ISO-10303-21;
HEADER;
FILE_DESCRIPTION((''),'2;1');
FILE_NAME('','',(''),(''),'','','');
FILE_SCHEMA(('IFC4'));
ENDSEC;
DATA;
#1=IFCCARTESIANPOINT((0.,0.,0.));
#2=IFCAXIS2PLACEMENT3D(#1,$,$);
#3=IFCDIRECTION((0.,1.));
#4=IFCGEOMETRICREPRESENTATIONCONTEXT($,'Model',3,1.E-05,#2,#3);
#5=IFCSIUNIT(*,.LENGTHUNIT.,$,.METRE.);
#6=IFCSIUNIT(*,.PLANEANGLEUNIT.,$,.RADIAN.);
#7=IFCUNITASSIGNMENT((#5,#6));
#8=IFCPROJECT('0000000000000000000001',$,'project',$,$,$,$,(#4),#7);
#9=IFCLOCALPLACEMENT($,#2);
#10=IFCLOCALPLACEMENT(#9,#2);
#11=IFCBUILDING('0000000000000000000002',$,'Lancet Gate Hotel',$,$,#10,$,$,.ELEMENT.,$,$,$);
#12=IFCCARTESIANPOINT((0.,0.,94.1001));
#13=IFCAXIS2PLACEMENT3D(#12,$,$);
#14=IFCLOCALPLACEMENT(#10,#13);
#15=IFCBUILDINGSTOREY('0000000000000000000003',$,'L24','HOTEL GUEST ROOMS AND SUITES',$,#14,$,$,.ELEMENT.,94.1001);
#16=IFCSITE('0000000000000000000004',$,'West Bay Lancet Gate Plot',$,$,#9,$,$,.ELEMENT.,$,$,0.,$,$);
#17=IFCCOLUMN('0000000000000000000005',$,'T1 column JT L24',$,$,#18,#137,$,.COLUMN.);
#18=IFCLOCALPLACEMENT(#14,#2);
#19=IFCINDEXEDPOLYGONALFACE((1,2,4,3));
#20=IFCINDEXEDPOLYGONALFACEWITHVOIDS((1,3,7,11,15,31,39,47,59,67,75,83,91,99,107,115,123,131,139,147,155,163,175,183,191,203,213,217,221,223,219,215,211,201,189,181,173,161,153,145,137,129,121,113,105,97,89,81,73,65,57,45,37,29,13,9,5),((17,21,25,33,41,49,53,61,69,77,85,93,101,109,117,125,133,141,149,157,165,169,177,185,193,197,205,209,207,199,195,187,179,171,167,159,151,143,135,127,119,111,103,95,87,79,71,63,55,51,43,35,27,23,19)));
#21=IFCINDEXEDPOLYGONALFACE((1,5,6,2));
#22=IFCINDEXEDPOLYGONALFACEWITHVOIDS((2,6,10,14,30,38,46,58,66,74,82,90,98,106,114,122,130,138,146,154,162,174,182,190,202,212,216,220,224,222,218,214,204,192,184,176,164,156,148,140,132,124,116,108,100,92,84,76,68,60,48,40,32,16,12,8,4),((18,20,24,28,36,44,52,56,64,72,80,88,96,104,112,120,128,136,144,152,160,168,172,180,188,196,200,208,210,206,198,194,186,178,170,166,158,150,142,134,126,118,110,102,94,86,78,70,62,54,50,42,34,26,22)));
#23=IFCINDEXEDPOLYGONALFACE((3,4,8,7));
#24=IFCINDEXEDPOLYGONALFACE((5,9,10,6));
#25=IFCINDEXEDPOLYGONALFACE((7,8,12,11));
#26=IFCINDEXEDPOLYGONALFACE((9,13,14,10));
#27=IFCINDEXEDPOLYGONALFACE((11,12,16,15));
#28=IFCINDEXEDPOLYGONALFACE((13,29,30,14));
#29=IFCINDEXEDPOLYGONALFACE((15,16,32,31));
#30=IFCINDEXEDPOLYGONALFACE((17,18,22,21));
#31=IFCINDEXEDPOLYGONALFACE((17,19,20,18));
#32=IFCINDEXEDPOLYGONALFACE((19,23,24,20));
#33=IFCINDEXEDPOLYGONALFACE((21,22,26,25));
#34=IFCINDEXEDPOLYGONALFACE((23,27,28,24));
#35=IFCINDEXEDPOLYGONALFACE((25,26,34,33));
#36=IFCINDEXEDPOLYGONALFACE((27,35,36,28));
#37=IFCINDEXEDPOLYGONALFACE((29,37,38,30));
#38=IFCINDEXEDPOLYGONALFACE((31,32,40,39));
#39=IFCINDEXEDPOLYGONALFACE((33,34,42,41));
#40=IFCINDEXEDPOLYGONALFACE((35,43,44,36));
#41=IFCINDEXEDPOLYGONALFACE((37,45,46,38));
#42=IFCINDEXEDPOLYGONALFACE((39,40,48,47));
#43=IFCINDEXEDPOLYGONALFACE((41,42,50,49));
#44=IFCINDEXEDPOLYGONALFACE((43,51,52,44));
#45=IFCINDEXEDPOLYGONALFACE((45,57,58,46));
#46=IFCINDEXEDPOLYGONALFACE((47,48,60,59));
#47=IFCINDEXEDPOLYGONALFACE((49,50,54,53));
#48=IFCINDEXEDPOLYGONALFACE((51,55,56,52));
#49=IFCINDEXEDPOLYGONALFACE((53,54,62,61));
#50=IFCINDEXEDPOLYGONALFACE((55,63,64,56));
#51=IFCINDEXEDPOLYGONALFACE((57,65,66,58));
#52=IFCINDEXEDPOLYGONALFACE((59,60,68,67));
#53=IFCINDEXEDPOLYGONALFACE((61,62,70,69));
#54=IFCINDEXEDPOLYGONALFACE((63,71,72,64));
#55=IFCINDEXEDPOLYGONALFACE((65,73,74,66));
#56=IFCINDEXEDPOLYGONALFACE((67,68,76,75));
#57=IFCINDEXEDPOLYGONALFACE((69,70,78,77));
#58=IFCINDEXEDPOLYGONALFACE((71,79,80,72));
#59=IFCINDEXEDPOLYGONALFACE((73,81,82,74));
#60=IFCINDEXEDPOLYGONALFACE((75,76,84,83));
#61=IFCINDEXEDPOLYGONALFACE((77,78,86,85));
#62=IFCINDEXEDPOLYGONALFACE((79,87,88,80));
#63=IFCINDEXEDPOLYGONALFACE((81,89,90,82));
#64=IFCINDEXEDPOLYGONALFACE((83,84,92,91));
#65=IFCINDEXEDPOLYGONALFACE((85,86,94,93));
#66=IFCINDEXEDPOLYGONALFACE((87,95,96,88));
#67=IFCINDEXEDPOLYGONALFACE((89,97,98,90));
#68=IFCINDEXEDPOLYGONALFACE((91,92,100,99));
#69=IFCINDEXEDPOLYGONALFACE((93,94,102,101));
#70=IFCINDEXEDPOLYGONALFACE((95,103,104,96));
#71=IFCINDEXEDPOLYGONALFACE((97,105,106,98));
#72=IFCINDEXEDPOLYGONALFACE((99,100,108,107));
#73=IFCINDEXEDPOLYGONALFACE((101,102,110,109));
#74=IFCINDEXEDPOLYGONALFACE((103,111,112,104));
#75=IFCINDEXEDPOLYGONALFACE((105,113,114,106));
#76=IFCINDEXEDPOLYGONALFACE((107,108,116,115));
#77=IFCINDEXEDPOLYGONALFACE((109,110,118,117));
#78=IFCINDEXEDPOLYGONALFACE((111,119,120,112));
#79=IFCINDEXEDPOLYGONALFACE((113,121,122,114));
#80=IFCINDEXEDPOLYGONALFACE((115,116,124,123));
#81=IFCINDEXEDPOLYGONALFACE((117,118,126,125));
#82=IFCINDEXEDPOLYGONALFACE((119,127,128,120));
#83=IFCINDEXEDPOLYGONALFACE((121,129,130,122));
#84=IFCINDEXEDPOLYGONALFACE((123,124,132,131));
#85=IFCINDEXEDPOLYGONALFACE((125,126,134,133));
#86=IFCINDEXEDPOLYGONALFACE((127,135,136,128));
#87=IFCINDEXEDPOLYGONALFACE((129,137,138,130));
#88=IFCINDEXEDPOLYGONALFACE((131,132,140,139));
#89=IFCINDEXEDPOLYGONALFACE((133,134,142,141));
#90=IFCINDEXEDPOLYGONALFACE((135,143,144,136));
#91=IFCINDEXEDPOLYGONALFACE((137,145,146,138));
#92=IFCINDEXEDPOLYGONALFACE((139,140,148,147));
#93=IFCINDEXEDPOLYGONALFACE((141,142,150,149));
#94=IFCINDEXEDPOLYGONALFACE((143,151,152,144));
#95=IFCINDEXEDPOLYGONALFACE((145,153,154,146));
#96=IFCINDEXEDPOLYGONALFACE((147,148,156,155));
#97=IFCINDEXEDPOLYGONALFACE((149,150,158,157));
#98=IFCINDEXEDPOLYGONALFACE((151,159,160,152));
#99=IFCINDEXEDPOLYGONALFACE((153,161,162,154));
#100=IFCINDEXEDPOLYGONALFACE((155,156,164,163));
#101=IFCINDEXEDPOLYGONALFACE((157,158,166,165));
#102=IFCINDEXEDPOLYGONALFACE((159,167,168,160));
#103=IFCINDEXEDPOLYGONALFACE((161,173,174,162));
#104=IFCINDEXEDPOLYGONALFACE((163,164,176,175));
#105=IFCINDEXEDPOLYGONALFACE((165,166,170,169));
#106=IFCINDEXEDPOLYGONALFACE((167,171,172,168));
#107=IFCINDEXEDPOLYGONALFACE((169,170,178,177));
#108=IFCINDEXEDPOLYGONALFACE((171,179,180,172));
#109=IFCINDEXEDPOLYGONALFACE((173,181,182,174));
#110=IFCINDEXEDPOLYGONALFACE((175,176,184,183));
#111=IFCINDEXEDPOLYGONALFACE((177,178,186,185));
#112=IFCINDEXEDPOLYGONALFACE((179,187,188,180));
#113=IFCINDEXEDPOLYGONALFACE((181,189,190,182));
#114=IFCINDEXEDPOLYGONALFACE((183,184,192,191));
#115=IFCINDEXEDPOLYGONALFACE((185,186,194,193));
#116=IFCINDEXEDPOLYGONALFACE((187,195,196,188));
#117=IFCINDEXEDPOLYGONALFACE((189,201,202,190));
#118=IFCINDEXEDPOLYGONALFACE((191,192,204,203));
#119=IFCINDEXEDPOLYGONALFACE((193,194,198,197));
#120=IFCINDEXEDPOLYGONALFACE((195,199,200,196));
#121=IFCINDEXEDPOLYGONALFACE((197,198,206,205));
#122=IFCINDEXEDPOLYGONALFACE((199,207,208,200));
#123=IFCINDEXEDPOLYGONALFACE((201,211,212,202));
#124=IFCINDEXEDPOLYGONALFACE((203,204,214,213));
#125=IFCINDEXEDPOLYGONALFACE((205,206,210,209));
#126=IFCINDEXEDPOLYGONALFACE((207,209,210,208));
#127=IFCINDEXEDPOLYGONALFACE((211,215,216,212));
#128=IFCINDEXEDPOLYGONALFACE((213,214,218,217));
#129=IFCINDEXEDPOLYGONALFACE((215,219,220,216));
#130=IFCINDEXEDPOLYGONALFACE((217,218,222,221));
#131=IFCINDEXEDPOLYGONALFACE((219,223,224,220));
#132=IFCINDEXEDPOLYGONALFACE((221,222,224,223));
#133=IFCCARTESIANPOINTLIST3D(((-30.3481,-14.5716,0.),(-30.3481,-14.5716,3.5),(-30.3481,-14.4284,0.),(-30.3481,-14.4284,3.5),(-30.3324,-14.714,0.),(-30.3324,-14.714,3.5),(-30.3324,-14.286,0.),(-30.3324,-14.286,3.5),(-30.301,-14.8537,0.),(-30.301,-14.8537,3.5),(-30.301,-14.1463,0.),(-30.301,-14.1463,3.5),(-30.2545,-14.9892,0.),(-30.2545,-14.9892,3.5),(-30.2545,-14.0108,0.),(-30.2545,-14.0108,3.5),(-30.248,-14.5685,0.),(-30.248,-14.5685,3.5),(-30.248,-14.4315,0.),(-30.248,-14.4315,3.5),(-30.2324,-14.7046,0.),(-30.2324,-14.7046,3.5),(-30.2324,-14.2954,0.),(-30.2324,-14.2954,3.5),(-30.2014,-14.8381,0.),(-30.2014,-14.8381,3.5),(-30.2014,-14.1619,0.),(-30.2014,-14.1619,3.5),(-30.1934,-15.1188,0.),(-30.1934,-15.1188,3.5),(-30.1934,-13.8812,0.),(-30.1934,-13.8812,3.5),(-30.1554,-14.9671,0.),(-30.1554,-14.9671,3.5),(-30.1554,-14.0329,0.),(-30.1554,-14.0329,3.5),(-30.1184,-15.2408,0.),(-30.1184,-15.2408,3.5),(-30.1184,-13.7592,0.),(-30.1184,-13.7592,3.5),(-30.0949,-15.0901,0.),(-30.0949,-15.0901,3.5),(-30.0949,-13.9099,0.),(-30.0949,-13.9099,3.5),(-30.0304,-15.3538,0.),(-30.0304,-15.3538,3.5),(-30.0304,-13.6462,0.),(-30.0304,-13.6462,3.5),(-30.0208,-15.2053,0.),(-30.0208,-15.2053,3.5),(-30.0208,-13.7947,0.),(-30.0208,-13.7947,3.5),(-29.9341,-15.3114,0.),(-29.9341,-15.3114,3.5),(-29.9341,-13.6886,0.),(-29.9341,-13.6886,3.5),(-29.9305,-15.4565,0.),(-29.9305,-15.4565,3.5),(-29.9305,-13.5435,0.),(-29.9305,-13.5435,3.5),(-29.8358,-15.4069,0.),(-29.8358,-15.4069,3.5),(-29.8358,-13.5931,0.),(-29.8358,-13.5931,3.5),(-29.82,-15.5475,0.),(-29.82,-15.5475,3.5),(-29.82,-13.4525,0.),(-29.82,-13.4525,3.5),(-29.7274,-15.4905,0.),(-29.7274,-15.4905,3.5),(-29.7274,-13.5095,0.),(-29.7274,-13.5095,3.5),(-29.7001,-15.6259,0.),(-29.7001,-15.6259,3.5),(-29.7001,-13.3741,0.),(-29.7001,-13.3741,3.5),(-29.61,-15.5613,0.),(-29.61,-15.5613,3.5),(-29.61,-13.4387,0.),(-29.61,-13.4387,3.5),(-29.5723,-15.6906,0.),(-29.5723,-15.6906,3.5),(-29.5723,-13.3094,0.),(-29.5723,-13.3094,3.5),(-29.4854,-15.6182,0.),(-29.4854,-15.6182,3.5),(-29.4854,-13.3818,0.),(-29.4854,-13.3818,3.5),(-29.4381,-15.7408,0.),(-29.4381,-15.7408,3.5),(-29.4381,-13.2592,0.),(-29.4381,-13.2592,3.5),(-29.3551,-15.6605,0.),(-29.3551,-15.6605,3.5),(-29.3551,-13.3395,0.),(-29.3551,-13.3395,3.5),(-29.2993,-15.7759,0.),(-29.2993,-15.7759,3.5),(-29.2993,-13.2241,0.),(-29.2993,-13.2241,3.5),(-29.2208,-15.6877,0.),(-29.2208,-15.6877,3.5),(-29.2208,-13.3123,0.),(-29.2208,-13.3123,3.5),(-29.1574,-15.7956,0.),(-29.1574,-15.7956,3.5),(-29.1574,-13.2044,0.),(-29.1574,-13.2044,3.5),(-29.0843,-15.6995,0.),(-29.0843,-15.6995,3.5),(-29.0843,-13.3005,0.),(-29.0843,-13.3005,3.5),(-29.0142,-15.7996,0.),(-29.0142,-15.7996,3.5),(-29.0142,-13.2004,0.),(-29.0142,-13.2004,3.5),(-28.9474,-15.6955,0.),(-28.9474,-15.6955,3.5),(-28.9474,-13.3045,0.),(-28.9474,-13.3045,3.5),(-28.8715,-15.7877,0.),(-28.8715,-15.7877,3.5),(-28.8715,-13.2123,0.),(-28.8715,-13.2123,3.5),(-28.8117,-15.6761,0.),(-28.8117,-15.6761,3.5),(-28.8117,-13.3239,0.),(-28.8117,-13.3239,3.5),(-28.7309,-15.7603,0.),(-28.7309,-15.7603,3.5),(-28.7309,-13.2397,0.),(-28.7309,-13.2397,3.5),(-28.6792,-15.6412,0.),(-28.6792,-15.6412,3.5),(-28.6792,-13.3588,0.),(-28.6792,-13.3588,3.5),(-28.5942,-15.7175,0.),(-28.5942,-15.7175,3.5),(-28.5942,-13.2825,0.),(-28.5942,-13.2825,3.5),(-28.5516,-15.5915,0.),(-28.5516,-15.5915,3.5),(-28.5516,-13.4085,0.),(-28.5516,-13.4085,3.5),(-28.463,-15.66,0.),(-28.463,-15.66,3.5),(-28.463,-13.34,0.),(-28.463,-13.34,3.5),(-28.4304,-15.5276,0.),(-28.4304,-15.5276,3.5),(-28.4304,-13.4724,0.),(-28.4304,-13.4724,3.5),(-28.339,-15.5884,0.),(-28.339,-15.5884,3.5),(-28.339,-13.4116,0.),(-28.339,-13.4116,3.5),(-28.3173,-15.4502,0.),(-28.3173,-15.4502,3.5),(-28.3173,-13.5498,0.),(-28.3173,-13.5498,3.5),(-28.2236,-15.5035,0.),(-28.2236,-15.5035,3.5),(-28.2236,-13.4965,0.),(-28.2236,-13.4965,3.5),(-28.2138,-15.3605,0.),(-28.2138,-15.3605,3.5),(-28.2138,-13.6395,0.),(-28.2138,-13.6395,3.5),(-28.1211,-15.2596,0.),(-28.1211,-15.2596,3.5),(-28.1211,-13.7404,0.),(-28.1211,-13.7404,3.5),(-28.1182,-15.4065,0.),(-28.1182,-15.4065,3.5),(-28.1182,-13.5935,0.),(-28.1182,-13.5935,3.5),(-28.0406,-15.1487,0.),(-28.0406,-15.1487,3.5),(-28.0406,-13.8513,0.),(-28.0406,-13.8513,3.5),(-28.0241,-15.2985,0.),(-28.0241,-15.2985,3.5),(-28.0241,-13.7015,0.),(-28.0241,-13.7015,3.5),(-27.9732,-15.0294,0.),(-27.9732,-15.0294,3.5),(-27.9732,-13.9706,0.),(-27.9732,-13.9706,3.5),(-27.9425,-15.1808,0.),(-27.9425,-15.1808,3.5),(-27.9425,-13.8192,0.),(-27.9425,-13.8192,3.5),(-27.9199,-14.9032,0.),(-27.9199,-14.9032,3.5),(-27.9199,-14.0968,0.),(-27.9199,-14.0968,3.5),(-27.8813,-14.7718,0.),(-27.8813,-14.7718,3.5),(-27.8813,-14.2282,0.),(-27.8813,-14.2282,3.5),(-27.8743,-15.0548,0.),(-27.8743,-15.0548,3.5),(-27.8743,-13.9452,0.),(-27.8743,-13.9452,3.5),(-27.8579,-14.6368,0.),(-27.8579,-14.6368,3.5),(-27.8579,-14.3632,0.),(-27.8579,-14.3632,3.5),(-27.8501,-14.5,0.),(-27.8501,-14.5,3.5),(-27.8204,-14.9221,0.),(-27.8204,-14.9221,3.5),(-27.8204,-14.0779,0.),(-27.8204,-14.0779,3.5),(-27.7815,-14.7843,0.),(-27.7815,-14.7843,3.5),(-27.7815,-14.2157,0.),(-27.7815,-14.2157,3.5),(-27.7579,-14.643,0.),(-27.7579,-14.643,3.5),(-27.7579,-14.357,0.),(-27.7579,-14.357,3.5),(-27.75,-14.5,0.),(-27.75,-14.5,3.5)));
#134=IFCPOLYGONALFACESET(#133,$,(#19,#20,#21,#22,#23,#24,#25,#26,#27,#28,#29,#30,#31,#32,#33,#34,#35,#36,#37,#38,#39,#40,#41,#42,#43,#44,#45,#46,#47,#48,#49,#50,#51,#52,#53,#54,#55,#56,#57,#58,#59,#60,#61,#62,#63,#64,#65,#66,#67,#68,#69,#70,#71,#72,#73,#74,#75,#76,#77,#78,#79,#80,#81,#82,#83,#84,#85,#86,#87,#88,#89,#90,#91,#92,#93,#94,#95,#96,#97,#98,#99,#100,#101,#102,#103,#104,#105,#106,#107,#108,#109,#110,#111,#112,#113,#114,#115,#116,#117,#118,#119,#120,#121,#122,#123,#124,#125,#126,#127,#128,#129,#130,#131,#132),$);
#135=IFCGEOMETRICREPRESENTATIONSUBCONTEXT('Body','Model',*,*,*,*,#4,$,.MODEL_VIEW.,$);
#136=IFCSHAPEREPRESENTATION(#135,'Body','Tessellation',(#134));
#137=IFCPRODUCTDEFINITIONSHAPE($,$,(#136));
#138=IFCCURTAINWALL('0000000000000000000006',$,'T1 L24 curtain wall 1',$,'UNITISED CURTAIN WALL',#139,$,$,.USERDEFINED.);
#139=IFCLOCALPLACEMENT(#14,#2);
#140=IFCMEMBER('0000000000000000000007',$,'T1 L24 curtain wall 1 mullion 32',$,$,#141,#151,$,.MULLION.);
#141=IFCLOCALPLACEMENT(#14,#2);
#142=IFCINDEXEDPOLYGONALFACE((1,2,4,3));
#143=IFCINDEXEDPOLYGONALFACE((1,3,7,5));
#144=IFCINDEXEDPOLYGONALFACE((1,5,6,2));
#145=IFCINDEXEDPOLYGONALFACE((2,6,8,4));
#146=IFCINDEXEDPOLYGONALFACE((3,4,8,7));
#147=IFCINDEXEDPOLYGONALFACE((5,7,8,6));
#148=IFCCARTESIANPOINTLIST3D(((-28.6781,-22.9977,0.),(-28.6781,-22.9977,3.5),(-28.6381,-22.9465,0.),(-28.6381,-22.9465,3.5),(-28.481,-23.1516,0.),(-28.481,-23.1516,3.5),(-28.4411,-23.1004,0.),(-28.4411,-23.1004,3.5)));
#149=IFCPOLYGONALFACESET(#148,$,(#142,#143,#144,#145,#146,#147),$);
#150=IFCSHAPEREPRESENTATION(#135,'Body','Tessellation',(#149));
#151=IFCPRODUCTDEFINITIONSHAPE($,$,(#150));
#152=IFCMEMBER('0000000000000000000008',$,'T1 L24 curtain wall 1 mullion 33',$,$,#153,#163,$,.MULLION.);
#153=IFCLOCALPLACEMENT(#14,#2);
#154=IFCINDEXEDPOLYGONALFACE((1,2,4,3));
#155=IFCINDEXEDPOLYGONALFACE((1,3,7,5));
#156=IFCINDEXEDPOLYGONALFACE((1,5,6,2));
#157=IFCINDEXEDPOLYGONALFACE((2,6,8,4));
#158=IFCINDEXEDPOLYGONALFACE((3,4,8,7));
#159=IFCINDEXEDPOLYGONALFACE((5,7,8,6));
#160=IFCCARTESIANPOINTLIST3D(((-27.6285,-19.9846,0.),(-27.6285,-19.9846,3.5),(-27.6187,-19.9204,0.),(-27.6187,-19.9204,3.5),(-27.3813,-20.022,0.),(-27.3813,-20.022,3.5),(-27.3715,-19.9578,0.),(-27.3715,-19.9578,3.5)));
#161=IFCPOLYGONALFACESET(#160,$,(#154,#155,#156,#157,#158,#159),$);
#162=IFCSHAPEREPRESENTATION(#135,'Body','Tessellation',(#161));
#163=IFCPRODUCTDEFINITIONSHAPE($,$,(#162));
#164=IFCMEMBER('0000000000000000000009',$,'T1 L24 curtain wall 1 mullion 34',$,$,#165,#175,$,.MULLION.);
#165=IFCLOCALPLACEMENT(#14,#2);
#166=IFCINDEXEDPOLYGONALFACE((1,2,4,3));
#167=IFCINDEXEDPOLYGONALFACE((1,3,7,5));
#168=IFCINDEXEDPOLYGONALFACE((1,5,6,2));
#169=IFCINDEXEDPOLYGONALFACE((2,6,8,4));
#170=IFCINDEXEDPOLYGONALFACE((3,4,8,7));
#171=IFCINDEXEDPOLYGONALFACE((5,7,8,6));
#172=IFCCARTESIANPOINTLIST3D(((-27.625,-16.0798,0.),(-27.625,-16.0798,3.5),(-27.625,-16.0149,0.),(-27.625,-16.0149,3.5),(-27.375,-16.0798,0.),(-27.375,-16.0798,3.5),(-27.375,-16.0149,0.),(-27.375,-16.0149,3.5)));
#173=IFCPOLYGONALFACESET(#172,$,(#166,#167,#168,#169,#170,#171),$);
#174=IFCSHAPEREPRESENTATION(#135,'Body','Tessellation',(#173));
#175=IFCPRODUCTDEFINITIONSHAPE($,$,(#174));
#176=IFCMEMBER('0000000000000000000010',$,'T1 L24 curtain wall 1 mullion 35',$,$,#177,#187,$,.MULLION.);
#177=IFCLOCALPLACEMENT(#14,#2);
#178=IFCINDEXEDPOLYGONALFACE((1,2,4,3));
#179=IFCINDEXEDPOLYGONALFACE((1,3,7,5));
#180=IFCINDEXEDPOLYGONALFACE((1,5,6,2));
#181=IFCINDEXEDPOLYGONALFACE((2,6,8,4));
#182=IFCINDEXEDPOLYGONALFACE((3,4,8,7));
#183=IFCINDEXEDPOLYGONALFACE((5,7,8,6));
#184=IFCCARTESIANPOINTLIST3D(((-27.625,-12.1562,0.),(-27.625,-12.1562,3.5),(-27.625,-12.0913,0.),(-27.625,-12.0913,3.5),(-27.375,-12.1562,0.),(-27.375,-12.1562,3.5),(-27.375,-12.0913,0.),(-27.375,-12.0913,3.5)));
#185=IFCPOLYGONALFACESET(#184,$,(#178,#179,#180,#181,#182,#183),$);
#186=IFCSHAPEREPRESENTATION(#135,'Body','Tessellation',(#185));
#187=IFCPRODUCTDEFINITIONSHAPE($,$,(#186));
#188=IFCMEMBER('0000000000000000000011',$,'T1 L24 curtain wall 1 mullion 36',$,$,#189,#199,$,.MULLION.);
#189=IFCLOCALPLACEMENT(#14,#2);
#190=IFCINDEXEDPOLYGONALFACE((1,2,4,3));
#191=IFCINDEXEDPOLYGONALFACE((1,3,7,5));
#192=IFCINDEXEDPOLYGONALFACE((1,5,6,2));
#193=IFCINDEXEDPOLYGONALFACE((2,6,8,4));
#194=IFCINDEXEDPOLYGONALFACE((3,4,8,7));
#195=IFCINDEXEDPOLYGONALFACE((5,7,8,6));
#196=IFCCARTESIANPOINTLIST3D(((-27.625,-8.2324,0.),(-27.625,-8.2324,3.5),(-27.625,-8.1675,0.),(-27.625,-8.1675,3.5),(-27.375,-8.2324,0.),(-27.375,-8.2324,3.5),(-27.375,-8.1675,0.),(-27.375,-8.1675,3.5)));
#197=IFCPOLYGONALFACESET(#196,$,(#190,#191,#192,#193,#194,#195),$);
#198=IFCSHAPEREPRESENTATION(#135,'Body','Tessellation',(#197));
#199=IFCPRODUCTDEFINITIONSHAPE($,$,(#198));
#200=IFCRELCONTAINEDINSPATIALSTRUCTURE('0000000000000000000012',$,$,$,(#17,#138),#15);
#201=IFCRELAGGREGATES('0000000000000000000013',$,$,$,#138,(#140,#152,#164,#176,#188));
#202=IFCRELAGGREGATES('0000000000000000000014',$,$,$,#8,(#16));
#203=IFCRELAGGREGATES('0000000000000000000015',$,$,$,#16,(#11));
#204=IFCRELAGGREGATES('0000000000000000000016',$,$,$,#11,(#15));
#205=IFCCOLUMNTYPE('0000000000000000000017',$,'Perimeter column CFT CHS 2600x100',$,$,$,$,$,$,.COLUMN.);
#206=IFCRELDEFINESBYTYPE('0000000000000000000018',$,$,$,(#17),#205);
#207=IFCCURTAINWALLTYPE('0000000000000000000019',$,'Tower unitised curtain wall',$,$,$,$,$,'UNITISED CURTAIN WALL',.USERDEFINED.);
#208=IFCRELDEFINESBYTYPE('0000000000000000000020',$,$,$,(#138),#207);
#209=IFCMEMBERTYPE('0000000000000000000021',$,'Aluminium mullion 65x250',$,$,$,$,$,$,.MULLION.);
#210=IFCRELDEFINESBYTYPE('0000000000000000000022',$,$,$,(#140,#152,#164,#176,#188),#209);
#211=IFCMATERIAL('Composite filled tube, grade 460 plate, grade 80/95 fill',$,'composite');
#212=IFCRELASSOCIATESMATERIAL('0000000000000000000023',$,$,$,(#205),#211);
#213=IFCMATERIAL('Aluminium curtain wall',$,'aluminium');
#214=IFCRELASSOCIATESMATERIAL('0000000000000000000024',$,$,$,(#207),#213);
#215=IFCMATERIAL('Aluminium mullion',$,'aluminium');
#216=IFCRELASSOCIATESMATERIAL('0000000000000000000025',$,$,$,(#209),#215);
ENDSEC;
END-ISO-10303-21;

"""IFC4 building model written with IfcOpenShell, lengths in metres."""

from ifc_helpers import new_model, si_unit, direction, frame, origin, origin_2d, place, context, subcontext, project, spatial, rectangle, hollow_circle, extrude, material, material_profile, profile_set, type_object, element, aggregate, save


model = new_model("IFC4")

# Units and contexts
model_context = context("Model", 3, precision=1e-05, world=origin(), true_north=direction((0.0, 1.0)))
body_context = subcontext(model_context, "Body", "Model", "MODEL_VIEW")
ifc_project = project(units=[si_unit("LENGTHUNIT", "METRE"), si_unit("PLANEANGLEUNIT", "RADIAN")], contexts=[model_context])

# Site, building, storey
site_placement = place(None, origin())
site = spatial("IfcSite", under=ifc_project, at=site_placement, Name="West Bay Lancet Gate Plot", CompositionType="ELEMENT", RefElevation=0.0)
building_placement = place(site_placement, origin())
building = spatial("IfcBuilding", under=site, at=building_placement, Name="Lancet Gate Hotel", CompositionType="ELEMENT")
storey_placement = place(building_placement, frame((0.0, 0.0, 94.1001)))
storey = spatial("IfcBuildingStorey", under=building, at=storey_placement, Name="L24", Description="HOTEL GUEST ROOMS AND SUITES", CompositionType="ELEMENT", Elevation=94.1001)

# Column
ifc_material_1 = material(Name="Composite filled tube, grade 460 plate, grade 80/95 fill", Category="composite")
ifc_material_profile_1 = material_profile(ifc_material_1, hollow_circle(Radius=1.3, WallThickness=0.1001, at=origin_2d()), Name="CHS 2600x100")
ifc_profile_set_1 = profile_set([ifc_material_profile_1], Name="Composite filled tube, grade 460 plate, grade 80/95 fill")
column_type = type_object("IfcColumnType", Name="Perimeter column CFT CHS 2600x100", PredefinedType="COLUMN", material=ifc_profile_set_1)
for number, where, z_axis, x_axis, name in (
    (1, (-29.05, -14.5, 0.0), (0.0, 0.0, 1.0), (1.0, 0.0, 0.0), "T1 column JT L24"),
):
    element("IfcColumn", number, at=place(storey_placement, frame(where, z_axis=z_axis, x_axis=x_axis)), inside=storey, type_object=column_type, Name=name, PredefinedType="COLUMN", context=body_context, shape_type="SweptSolid", body=[
        extrude(hollow_circle(Radius=1.3, WallThickness=0.1001, at=origin_2d()), origin(), (0.0, 0.0, 1.0), 3.5),
    ])

# Curtain wall, members
ifc_material_2 = material(Name="Aluminium curtain wall", Category="aluminium")
curtain_wall_type = type_object("IfcCurtainWallType", Name="Tower unitised curtain wall", ElementType="UNITISED CURTAIN WALL", PredefinedType="USERDEFINED", material=ifc_material_2)
curtain_wall_placement = place(storey_placement, origin())
curtain_wall = element("IfcCurtainWall", 2, at=curtain_wall_placement, inside=storey, type_object=curtain_wall_type, Name="T1 L24 curtain wall 1", ObjectType="UNITISED CURTAIN WALL", PredefinedType="USERDEFINED")
ifc_material_3 = material(Name="Aluminium mullion", Category="aluminium")
ifc_material_profile_2 = material_profile(ifc_material_3, rectangle(XDim=0.0649, YDim=0.25, at=origin_2d()), Name="MULLION 65x250")
ifc_profile_set_2 = profile_set([ifc_material_profile_2], Name="Aluminium mullion")
member_type_1 = type_object("IfcMemberType", Name="Aluminium mullion 65x250", PredefinedType="MULLION", material=ifc_profile_set_2)
member_1_placement = place(storey_placement, frame((-28.5596, -23.0491, 0.0), z_axis=(0.0, 0.0, 1.0), x_axis=(0.615574, 0.788079, 0.0)))
member_1 = element("IfcMember", 3, at=member_1_placement, type_object=member_type_1, Name="T1 L24 curtain wall 1 mullion 32", PredefinedType="MULLION", context=body_context, shape_type="SweptSolid", body=[
    extrude(rectangle(XDim=0.0649, YDim=0.25, at=origin_2d()), origin(), (0.0, 0.0, 1.0), 3.5),
])
member_2_placement = place(storey_placement, frame((-27.5, -19.9712, 0.0), z_axis=(0.0, 0.0, 1.0), x_axis=(0.149634, 0.988741, 0.0)))
member_2 = element("IfcMember", 4, at=member_2_placement, type_object=member_type_1, Name="T1 L24 curtain wall 1 mullion 33", PredefinedType="MULLION", context=body_context, shape_type="SweptSolid", body=[
    extrude(rectangle(XDim=0.0649, YDim=0.25, at=origin_2d()), origin(), (0.0, 0.0, 1.0), 3.5),
])
member_3_placement = place(storey_placement, frame((-27.5, -16.0474, 0.0), z_axis=(0.0, 0.0, 1.0), x_axis=(0.0, 1.0, 0.0)))
member_3 = element("IfcMember", 5, at=member_3_placement, type_object=member_type_1, Name="T1 L24 curtain wall 1 mullion 34", PredefinedType="MULLION", context=body_context, shape_type="SweptSolid", body=[
    extrude(rectangle(XDim=0.0649, YDim=0.25, at=origin_2d()), origin(), (0.0, 0.0, 1.0), 3.5),
])
member_4_placement = place(storey_placement, frame((-27.5, -12.1238, 0.0), z_axis=(0.0, 0.0, 1.0), x_axis=(0.0, 1.0, 0.0)))
member_4 = element("IfcMember", 6, at=member_4_placement, type_object=member_type_1, Name="T1 L24 curtain wall 1 mullion 35", PredefinedType="MULLION", context=body_context, shape_type="SweptSolid", body=[
    extrude(rectangle(XDim=0.0649, YDim=0.25, at=origin_2d()), origin(), (0.0, 0.0, 1.0), 3.5),
])
member_5_placement = place(storey_placement, frame((-27.5, -8.2, 0.0), z_axis=(0.0, 0.0, 1.0), x_axis=(0.0, 1.0, 0.0)))
member_5 = element("IfcMember", 7, at=member_5_placement, type_object=member_type_1, Name="T1 L24 curtain wall 1 mullion 36", PredefinedType="MULLION", context=body_context, shape_type="SweptSolid", body=[
    extrude(rectangle(XDim=0.0649, YDim=0.25, at=origin_2d()), origin(), (0.0, 0.0, 1.0), 3.5),
])

aggregate(curtain_wall, [member_1, member_2, member_3, member_4, member_5])

save(model, "model.ifc")
